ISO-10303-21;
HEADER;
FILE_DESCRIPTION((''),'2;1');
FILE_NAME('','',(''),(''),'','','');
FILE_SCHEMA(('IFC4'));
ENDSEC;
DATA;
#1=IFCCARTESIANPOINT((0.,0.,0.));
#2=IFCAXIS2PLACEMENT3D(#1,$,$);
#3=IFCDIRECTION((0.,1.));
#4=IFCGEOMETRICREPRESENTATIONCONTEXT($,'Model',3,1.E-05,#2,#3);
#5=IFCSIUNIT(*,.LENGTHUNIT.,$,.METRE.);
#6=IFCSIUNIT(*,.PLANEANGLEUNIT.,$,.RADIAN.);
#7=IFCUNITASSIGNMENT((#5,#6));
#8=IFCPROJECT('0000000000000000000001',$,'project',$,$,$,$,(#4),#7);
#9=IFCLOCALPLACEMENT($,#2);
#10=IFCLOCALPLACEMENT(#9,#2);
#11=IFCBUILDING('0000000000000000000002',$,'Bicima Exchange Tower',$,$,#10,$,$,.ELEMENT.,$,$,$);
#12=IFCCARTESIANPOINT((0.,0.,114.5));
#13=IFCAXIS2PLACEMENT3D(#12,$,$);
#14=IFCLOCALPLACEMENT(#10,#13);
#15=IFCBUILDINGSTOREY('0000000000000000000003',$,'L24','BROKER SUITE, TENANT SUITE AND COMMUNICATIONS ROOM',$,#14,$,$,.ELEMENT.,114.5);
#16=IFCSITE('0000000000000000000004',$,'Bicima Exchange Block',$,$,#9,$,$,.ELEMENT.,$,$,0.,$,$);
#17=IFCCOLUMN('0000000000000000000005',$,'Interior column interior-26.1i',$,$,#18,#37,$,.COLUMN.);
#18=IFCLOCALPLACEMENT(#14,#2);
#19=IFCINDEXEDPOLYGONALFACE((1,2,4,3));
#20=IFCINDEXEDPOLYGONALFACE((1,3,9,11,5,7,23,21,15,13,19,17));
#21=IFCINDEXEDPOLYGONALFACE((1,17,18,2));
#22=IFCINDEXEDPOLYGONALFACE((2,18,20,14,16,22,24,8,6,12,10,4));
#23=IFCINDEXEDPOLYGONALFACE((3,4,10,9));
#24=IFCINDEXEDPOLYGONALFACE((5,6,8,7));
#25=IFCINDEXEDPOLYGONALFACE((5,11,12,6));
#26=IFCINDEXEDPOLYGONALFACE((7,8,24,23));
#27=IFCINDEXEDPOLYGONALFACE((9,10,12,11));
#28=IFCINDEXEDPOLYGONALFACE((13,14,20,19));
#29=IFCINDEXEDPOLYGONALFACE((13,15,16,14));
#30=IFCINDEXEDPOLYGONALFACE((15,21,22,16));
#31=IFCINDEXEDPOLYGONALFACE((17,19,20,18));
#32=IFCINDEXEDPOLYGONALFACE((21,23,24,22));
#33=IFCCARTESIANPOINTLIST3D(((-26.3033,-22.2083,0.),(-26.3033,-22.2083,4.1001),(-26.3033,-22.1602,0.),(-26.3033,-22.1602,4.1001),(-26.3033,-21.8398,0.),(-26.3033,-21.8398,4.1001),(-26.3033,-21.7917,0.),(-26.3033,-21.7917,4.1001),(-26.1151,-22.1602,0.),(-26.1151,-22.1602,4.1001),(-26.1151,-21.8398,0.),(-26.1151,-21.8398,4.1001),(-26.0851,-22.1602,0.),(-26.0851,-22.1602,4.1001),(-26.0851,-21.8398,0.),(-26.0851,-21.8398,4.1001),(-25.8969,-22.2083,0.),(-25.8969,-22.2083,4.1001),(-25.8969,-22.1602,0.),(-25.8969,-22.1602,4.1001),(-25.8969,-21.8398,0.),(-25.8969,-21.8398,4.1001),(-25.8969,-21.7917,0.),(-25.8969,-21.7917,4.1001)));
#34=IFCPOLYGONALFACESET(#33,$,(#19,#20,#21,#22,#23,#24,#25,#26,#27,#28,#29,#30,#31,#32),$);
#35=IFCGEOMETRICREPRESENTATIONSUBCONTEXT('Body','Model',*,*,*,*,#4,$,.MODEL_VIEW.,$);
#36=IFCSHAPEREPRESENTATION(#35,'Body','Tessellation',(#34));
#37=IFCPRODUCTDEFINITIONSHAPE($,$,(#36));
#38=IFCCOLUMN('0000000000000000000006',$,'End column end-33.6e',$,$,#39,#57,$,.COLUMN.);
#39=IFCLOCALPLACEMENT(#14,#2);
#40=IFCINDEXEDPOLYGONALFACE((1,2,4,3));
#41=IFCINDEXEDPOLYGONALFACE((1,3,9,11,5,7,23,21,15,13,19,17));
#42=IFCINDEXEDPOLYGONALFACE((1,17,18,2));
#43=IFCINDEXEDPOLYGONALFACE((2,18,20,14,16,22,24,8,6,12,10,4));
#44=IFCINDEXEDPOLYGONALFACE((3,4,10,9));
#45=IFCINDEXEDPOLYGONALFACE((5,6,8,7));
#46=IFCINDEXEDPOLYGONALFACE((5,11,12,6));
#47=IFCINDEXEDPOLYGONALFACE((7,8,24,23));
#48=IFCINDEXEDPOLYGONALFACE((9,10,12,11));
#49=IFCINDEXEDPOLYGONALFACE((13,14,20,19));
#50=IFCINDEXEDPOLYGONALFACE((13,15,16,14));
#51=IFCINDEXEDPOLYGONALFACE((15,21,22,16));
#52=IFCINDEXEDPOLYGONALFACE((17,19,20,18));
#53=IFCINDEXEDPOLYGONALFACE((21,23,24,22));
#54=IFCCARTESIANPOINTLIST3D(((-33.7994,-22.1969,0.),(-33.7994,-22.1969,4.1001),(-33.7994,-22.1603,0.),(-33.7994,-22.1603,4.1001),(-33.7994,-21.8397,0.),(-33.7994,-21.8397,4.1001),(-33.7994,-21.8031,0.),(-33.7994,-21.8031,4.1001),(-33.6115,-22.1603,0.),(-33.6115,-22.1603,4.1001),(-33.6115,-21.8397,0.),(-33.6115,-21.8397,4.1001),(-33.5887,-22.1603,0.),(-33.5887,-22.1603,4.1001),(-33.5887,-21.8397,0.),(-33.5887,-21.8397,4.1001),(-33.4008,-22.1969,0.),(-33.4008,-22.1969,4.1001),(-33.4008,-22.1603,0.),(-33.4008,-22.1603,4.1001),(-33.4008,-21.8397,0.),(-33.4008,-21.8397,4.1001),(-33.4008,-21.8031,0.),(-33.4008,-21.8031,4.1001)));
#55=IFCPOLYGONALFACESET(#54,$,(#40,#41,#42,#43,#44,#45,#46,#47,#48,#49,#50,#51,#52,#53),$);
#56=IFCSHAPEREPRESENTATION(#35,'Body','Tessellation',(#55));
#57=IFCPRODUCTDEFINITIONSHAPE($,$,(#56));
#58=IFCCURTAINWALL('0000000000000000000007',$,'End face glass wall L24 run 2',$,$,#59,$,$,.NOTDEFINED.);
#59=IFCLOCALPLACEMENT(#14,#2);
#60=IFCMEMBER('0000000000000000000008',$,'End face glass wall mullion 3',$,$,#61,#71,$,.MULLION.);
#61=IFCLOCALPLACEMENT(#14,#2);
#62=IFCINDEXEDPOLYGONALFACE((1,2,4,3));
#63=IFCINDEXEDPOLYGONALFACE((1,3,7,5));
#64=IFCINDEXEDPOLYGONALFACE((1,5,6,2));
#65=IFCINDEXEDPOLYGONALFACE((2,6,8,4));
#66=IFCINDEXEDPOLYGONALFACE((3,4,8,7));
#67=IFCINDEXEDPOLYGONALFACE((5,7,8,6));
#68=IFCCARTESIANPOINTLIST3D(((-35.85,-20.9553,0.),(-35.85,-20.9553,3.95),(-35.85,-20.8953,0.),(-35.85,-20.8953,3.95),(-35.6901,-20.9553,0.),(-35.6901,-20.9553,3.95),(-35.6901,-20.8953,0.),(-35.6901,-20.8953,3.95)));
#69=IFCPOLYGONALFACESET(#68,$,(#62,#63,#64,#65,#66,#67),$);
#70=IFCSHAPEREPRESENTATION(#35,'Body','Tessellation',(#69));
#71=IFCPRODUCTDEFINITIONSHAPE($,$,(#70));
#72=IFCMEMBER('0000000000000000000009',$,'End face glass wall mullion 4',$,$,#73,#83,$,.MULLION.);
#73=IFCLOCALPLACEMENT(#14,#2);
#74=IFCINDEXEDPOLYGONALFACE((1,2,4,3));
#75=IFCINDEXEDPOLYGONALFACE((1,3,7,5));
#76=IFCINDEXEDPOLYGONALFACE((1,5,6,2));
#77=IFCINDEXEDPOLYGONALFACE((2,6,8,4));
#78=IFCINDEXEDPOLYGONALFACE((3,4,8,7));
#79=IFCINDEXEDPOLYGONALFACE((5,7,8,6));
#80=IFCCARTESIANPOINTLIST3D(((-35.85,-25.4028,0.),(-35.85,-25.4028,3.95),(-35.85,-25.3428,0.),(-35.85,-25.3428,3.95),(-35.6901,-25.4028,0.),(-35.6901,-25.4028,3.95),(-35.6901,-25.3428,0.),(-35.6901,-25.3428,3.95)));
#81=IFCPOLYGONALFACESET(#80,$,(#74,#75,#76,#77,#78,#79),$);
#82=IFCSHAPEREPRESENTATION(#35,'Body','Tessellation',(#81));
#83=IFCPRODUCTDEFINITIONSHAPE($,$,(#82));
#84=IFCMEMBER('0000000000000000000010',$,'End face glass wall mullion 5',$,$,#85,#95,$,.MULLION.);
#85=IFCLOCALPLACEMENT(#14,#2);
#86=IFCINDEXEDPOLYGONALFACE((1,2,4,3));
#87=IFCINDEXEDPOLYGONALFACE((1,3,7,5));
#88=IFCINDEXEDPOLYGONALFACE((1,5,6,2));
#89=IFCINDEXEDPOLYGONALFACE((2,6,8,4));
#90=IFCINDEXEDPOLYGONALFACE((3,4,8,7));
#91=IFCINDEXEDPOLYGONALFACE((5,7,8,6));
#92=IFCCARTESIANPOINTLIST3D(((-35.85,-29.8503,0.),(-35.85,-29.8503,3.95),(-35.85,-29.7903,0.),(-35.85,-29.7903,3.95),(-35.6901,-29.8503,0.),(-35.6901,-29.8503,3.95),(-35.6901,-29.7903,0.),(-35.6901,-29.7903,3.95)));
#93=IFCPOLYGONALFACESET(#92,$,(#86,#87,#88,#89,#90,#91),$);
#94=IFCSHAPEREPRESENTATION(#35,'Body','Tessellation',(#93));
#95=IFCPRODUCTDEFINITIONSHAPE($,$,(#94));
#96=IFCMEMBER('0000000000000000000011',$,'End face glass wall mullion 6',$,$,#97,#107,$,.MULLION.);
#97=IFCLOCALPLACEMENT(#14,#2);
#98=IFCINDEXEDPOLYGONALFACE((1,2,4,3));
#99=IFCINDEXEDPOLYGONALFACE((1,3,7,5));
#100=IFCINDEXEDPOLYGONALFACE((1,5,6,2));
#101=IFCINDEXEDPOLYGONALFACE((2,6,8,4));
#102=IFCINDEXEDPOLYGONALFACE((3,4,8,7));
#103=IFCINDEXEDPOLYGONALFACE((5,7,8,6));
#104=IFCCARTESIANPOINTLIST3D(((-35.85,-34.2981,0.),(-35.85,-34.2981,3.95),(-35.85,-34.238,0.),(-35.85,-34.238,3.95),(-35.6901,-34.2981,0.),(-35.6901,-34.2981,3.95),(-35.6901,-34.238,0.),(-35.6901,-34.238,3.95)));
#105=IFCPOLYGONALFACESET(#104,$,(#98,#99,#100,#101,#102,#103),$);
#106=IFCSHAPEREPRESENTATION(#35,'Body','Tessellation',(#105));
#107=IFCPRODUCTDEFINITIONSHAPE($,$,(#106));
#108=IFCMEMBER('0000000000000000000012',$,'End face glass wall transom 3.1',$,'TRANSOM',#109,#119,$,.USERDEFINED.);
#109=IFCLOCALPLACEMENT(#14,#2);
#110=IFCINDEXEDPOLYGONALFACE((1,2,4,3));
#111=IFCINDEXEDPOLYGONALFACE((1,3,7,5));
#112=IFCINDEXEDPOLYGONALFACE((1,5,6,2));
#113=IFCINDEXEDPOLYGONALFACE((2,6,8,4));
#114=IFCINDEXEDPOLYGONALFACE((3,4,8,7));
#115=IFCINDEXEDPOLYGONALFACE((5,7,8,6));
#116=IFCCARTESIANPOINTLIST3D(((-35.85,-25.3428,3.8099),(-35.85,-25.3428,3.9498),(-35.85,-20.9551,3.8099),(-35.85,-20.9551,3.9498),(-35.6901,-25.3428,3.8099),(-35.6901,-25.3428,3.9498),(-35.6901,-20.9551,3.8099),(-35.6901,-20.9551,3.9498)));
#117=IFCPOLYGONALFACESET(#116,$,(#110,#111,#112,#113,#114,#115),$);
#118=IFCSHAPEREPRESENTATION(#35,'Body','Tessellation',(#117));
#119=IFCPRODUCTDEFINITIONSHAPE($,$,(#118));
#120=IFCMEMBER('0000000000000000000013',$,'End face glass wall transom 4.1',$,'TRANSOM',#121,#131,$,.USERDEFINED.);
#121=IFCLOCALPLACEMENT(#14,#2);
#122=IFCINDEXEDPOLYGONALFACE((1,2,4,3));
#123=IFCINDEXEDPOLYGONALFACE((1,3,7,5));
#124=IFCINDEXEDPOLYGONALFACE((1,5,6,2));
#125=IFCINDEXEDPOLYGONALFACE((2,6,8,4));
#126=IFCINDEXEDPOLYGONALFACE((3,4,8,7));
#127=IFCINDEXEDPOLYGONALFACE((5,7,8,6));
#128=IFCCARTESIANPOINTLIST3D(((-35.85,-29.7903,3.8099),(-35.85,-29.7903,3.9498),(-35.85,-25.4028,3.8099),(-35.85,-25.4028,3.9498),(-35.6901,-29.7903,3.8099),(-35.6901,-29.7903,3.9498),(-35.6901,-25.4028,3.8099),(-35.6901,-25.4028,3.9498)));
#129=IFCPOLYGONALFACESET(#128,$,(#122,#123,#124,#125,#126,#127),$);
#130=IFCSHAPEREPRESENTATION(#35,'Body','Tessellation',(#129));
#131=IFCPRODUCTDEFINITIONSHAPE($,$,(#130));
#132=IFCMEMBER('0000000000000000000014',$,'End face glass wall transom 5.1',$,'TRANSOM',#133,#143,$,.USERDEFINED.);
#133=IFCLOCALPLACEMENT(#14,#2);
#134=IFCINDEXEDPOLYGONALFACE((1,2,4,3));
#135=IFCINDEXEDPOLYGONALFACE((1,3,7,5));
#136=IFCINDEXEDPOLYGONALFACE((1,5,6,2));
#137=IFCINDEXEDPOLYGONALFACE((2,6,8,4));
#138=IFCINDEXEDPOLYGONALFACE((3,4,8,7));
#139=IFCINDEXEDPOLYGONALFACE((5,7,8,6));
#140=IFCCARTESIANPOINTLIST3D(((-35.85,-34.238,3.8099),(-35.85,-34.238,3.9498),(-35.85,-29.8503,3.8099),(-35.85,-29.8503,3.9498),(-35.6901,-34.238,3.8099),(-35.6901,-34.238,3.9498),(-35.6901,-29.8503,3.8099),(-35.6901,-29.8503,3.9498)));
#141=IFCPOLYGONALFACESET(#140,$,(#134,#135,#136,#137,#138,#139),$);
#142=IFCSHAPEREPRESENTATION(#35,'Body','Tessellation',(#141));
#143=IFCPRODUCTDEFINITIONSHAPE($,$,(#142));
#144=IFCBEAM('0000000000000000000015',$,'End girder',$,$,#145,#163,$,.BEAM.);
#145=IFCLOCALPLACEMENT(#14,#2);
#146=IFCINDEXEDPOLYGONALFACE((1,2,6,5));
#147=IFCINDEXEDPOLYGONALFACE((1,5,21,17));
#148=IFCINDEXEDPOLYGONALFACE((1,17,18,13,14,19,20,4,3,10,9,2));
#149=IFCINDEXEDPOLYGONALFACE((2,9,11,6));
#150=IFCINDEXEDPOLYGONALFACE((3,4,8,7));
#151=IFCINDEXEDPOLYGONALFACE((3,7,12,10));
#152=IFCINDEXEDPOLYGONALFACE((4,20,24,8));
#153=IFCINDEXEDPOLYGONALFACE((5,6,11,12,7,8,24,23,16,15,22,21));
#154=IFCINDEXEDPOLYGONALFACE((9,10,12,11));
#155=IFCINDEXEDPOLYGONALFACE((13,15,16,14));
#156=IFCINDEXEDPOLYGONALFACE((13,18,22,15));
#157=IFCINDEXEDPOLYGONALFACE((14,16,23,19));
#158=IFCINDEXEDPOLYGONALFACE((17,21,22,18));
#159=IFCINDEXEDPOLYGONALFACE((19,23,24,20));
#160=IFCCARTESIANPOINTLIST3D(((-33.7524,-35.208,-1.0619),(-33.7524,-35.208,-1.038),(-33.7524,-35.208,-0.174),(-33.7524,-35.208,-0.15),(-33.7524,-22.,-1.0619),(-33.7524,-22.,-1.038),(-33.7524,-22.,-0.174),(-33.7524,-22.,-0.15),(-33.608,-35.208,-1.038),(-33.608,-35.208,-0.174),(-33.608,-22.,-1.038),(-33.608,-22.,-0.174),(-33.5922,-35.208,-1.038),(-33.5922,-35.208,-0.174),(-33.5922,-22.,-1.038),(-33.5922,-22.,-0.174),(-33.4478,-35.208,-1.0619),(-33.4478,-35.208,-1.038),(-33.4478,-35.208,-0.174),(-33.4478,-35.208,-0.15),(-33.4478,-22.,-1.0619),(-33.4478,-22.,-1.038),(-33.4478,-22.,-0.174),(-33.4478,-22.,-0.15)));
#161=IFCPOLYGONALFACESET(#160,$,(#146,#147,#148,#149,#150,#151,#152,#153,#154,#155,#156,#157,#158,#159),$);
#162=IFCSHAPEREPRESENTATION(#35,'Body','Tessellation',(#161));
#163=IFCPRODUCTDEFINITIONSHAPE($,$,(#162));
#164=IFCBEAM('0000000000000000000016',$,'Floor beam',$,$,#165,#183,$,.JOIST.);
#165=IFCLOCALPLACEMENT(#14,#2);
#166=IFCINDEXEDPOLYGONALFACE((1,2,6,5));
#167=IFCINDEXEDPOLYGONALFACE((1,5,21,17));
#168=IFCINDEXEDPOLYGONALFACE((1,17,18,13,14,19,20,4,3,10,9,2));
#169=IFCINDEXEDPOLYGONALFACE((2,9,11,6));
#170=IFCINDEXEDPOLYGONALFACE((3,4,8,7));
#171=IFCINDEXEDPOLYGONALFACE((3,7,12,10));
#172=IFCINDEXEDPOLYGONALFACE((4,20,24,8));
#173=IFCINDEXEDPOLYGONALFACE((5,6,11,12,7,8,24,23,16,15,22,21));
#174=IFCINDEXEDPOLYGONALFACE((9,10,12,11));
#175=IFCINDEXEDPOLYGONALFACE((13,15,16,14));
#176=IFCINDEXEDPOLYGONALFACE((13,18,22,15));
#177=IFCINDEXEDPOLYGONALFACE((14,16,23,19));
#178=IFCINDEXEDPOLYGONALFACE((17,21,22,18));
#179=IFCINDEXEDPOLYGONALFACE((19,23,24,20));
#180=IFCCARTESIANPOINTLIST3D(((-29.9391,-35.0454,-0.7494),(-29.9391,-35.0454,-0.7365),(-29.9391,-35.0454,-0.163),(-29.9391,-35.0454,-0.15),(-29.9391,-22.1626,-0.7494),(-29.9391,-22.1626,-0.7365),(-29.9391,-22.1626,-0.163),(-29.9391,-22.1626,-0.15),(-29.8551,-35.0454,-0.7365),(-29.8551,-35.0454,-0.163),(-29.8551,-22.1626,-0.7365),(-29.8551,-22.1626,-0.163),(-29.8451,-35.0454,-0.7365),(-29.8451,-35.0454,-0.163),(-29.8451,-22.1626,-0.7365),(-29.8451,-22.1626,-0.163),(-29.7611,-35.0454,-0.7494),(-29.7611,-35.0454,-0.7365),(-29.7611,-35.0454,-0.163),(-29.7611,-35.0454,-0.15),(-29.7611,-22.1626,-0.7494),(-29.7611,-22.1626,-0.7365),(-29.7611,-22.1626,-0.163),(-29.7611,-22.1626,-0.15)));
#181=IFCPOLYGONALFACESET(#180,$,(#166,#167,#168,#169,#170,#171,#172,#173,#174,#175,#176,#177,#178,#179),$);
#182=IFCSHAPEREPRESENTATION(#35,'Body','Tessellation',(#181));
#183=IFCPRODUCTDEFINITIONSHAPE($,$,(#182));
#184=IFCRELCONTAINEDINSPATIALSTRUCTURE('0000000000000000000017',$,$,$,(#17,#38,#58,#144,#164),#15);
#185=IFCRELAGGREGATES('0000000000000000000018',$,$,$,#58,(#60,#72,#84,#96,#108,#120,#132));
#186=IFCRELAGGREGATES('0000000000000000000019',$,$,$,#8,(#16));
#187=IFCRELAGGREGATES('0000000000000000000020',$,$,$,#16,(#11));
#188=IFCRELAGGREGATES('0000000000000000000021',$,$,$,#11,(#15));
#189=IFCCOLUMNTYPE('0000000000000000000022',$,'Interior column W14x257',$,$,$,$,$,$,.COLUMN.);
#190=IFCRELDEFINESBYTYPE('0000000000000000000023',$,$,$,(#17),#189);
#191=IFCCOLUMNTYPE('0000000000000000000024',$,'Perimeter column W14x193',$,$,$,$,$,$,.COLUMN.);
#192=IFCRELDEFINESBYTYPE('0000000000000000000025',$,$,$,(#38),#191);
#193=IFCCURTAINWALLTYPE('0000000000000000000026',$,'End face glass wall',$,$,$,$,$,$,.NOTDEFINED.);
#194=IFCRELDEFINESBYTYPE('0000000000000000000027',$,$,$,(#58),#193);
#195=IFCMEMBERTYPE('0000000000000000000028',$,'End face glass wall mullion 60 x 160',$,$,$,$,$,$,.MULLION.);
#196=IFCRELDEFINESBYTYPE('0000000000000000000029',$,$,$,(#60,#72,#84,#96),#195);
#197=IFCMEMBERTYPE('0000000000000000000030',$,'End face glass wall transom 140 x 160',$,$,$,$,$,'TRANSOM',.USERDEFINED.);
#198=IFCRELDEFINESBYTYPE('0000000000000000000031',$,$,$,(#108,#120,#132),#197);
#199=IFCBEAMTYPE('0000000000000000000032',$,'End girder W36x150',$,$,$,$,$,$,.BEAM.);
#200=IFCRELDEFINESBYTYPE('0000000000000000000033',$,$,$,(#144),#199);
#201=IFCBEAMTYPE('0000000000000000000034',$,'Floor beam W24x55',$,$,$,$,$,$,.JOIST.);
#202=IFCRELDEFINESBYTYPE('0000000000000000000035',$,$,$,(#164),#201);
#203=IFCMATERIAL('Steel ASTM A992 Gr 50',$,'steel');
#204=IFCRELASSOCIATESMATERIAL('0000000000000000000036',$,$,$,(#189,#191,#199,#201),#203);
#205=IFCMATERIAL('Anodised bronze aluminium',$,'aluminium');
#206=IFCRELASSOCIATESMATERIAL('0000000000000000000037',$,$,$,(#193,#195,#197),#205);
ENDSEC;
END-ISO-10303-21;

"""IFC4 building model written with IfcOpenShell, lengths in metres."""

from ifc_helpers import new_model, si_unit, direction, frame, origin, origin_2d, place, context, subcontext, project, spatial, rectangle, i_section, extrude, material, material_profile, profile_set, type_object, element, aggregate, save


model = new_model("IFC4")

# Units and contexts
model_context = context("Model", 3, precision=1e-05, world=origin(), true_north=direction((0.0, 1.0)))
body_context = subcontext(model_context, "Body", "Model", "MODEL_VIEW")
ifc_project = project(units=[si_unit("LENGTHUNIT", "METRE"), si_unit("PLANEANGLEUNIT", "RADIAN")], contexts=[model_context])

# Site, building, storey
site_placement = place(None, origin())
site = spatial("IfcSite", under=ifc_project, at=site_placement, Name="Bicima Exchange Block", CompositionType="ELEMENT", RefElevation=0.0)
building_placement = place(site_placement, origin())
building = spatial("IfcBuilding", under=site, at=building_placement, Name="Bicima Exchange Tower", CompositionType="ELEMENT")
storey_placement = place(building_placement, frame((0.0, 0.0, 114.5)))
storey = spatial("IfcBuildingStorey", under=building, at=storey_placement, Name="L24", Description="BROKER SUITE, TENANT SUITE AND COMMUNICATIONS ROOM", CompositionType="ELEMENT", Elevation=114.5)

# Columns
ifc_material_1 = material(Name="Steel ASTM A992 Gr 50", Category="steel")
ifc_material_profile_1 = material_profile(ifc_material_1, i_section(OverallWidth=0.4065, OverallDepth=0.4165, WebThickness=0.03, FlangeThickness=0.0481, at=origin_2d()))
ifc_profile_set_1 = profile_set([ifc_material_profile_1], Name="Steel ASTM A992 Gr 50")
column_type_1 = type_object("IfcColumnType", Name="Interior column W14x257", PredefinedType="COLUMN", material=ifc_profile_set_1)
column_1_placement = place(storey_placement, frame((-26.1001, -22.0, 0.0), z_axis=(0.0, 0.0, 1.0), x_axis=(1.0, 0.0, 0.0)))
element("IfcColumn", 1, at=column_1_placement, inside=storey, type_object=column_type_1, Name="Interior column interior-26.1i", PredefinedType="COLUMN", context=body_context, shape_type="SweptSolid", body=[
    extrude(i_section(OverallWidth=0.4065, OverallDepth=0.4165, WebThickness=0.03, FlangeThickness=0.0481, at=origin_2d()), origin(), (0.0, 0.0, 1.0), 4.1001),
])
ifc_material_profile_2 = material_profile(ifc_material_1, i_section(OverallWidth=0.3987, OverallDepth=0.3938, WebThickness=0.0227, FlangeThickness=0.0366, at=origin_2d()))
ifc_profile_set_2 = profile_set([ifc_material_profile_2], Name="Steel ASTM A992 Gr 50")
column_type_2 = type_object("IfcColumnType", Name="Perimeter column W14x193", PredefinedType="COLUMN", material=ifc_profile_set_2)
column_2_placement = place(storey_placement, frame((-33.6001, -22.0, 0.0), z_axis=(0.0, 0.0, 1.0), x_axis=(1.0, 0.0, 0.0)))
element("IfcColumn", 2, at=column_2_placement, inside=storey, type_object=column_type_2, Name="End column end-33.6e", PredefinedType="COLUMN", context=body_context, shape_type="SweptSolid", body=[
    extrude(i_section(OverallWidth=0.3987, OverallDepth=0.3938, WebThickness=0.0227, FlangeThickness=0.0366, at=origin_2d()), origin(), (0.0, 0.0, 1.0), 4.1001),
])

# Curtain wall, members
ifc_material_2 = material(Name="Anodised bronze aluminium", Category="aluminium")
curtain_wall_type = type_object("IfcCurtainWallType", Name="End face glass wall", PredefinedType="NOTDEFINED", material=ifc_material_2)
curtain_wall_placement = place(storey_placement, origin())
curtain_wall = element("IfcCurtainWall", 3, at=curtain_wall_placement, inside=storey, type_object=curtain_wall_type, Name="End face glass wall L24 run 2", PredefinedType="NOTDEFINED")
ifc_material_profile_3 = material_profile(ifc_material_2, rectangle(XDim=0.1599, YDim=0.0601, at=origin_2d()))
ifc_profile_set_3 = profile_set([ifc_material_profile_3], Name="Anodised bronze aluminium")
member_type_1 = type_object("IfcMemberType", Name="End face glass wall mullion 60 x 160", PredefinedType="MULLION", material=ifc_profile_set_3)
member_1_placement = place(storey_placement, frame((-35.77, -20.9253, 0.0), z_axis=(0.0, 0.0, 1.0), x_axis=(1.0, 0.0, 0.0)))
member_1 = element("IfcMember", 4, at=member_1_placement, type_object=member_type_1, Name="End face glass wall mullion 3", PredefinedType="MULLION", context=body_context, shape_type="SweptSolid", body=[
    extrude(rectangle(XDim=0.1599, YDim=0.0601, at=origin_2d()), origin(), (0.0, 0.0, 1.0), 3.95),
])
member_2_placement = place(storey_placement, frame((-35.77, -25.3728, 0.0), z_axis=(0.0, 0.0, 1.0), x_axis=(1.0, 0.0, 0.0)))
member_2 = element("IfcMember", 5, at=member_2_placement, type_object=member_type_1, Name="End face glass wall mullion 4", PredefinedType="MULLION", context=body_context, shape_type="SweptSolid", body=[
    extrude(rectangle(XDim=0.1599, YDim=0.0601, at=origin_2d()), origin(), (0.0, 0.0, 1.0), 3.95),
])
member_3_placement = place(storey_placement, frame((-35.77, -29.8203, 0.0), z_axis=(0.0, 0.0, 1.0), x_axis=(1.0, 0.0, 0.0)))
member_3 = element("IfcMember", 6, at=member_3_placement, type_object=member_type_1, Name="End face glass wall mullion 5", PredefinedType="MULLION", context=body_context, shape_type="SweptSolid", body=[
    extrude(rectangle(XDim=0.1599, YDim=0.0601, at=origin_2d()), origin(), (0.0, 0.0, 1.0), 3.95),
])
member_4_placement = place(storey_placement, frame((-35.77, -34.2681, 0.0), z_axis=(0.0, 0.0, 1.0), x_axis=(1.0, 0.0, 0.0)))
member_4 = element("IfcMember", 7, at=member_4_placement, type_object=member_type_1, Name="End face glass wall mullion 6", PredefinedType="MULLION", context=body_context, shape_type="SweptSolid", body=[
    extrude(rectangle(XDim=0.1599, YDim=0.0601, at=origin_2d()), origin(), (0.0, 0.0, 1.0), 3.95),
])
ifc_material_profile_4 = material_profile(ifc_material_2, rectangle(XDim=0.1599, YDim=0.1399, at=origin_2d()))
ifc_profile_set_4 = profile_set([ifc_material_profile_4], Name="Anodised bronze aluminium")
member_type_2 = type_object("IfcMemberType", Name="End face glass wall transom 140 x 160", ElementType="TRANSOM", PredefinedType="USERDEFINED", material=ifc_profile_set_4)
member_5_placement = place(storey_placement, frame((-35.77, -20.9551, 3.8799), z_axis=(0.0, -1.0, 0.0), x_axis=(1.0, 0.0, 0.0)))
member_5 = element("IfcMember", 8, at=member_5_placement, type_object=member_type_2, Name="End face glass wall transom 3.1", ObjectType="TRANSOM", PredefinedType="USERDEFINED", context=body_context, shape_type="SweptSolid", body=[
    extrude(rectangle(XDim=0.1599, YDim=0.1399, at=origin_2d()), origin(), (0.0, 0.0, 1.0), 4.3877),
])
member_6_placement = place(storey_placement, frame((-35.77, -25.4028, 3.8799), z_axis=(0.0, -1.0, 0.0), x_axis=(1.0, 0.0, 0.0)))
member_6 = element("IfcMember", 9, at=member_6_placement, type_object=member_type_2, Name="End face glass wall transom 4.1", ObjectType="TRANSOM", PredefinedType="USERDEFINED", context=body_context, shape_type="SweptSolid", body=[
    extrude(rectangle(XDim=0.1599, YDim=0.1399, at=origin_2d()), origin(), (0.0, 0.0, 1.0), 4.3875),
])
member_7_placement = place(storey_placement, frame((-35.77, -29.8503, 3.8799), z_axis=(0.0, -1.0, 0.0), x_axis=(1.0, 0.0, 0.0)))
member_7 = element("IfcMember", 10, at=member_7_placement, type_object=member_type_2, Name="End face glass wall transom 5.1", ObjectType="TRANSOM", PredefinedType="USERDEFINED", context=body_context, shape_type="SweptSolid", body=[
    extrude(rectangle(XDim=0.1599, YDim=0.1399, at=origin_2d()), origin(), (0.0, 0.0, 1.0), 4.3877),
])

# Beams
ifc_material_profile_5 = material_profile(ifc_material_1, i_section(OverallWidth=0.3047, OverallDepth=0.9119, WebThickness=0.0159, FlangeThickness=0.0239, at=origin_2d()))
ifc_profile_set_5 = profile_set([ifc_material_profile_5], Name="Steel ASTM A992 Gr 50")
beam_type_1 = type_object("IfcBeamType", Name="End girder W36x150", PredefinedType="BEAM", material=ifc_profile_set_5)
beam_1_placement = place(storey_placement, frame((-33.6001, -22.0, -0.606), z_axis=(0.0, -1.0, 0.0), x_axis=(1.0, 0.0, 0.0)))
element("IfcBeam", 11, at=beam_1_placement, inside=storey, type_object=beam_type_1, Name="End girder", PredefinedType="BEAM", context=body_context, shape_type="SweptSolid", body=[
    extrude(i_section(OverallWidth=0.3047, OverallDepth=0.9119, WebThickness=0.0159, FlangeThickness=0.0239, at=origin_2d()), origin(), (0.0, 0.0, 1.0), 13.208),
])
ifc_material_profile_6 = material_profile(ifc_material_1, i_section(OverallWidth=0.178, OverallDepth=0.5994, WebThickness=0.01, FlangeThickness=0.0129, at=origin_2d()))
ifc_profile_set_6 = profile_set([ifc_material_profile_6], Name="Steel ASTM A992 Gr 50")
beam_type_2 = type_object("IfcBeamType", Name="Floor beam W24x55", PredefinedType="JOIST", material=ifc_profile_set_6)
for number, where, z_axis, x_axis, name in (
    (12, (-29.8501, -22.1626, -0.4497), (0.0, -1.0, 0.0), (1.0, 0.0, 0.0), "Floor beam"),
):
    element("IfcBeam", number, at=place(storey_placement, frame(where, z_axis=z_axis, x_axis=x_axis)), inside=storey, type_object=beam_type_2, Name=name, PredefinedType="JOIST", context=body_context, shape_type="SweptSolid", body=[
        extrude(i_section(OverallWidth=0.178, OverallDepth=0.5994, WebThickness=0.01, FlangeThickness=0.0129, at=origin_2d()), origin(), (0.0, 0.0, 1.0), 12.8828),
    ])

aggregate(curtain_wall, [member_1, member_2, member_3, member_4, member_5, member_6, member_7])

save(model, "model.ifc")
